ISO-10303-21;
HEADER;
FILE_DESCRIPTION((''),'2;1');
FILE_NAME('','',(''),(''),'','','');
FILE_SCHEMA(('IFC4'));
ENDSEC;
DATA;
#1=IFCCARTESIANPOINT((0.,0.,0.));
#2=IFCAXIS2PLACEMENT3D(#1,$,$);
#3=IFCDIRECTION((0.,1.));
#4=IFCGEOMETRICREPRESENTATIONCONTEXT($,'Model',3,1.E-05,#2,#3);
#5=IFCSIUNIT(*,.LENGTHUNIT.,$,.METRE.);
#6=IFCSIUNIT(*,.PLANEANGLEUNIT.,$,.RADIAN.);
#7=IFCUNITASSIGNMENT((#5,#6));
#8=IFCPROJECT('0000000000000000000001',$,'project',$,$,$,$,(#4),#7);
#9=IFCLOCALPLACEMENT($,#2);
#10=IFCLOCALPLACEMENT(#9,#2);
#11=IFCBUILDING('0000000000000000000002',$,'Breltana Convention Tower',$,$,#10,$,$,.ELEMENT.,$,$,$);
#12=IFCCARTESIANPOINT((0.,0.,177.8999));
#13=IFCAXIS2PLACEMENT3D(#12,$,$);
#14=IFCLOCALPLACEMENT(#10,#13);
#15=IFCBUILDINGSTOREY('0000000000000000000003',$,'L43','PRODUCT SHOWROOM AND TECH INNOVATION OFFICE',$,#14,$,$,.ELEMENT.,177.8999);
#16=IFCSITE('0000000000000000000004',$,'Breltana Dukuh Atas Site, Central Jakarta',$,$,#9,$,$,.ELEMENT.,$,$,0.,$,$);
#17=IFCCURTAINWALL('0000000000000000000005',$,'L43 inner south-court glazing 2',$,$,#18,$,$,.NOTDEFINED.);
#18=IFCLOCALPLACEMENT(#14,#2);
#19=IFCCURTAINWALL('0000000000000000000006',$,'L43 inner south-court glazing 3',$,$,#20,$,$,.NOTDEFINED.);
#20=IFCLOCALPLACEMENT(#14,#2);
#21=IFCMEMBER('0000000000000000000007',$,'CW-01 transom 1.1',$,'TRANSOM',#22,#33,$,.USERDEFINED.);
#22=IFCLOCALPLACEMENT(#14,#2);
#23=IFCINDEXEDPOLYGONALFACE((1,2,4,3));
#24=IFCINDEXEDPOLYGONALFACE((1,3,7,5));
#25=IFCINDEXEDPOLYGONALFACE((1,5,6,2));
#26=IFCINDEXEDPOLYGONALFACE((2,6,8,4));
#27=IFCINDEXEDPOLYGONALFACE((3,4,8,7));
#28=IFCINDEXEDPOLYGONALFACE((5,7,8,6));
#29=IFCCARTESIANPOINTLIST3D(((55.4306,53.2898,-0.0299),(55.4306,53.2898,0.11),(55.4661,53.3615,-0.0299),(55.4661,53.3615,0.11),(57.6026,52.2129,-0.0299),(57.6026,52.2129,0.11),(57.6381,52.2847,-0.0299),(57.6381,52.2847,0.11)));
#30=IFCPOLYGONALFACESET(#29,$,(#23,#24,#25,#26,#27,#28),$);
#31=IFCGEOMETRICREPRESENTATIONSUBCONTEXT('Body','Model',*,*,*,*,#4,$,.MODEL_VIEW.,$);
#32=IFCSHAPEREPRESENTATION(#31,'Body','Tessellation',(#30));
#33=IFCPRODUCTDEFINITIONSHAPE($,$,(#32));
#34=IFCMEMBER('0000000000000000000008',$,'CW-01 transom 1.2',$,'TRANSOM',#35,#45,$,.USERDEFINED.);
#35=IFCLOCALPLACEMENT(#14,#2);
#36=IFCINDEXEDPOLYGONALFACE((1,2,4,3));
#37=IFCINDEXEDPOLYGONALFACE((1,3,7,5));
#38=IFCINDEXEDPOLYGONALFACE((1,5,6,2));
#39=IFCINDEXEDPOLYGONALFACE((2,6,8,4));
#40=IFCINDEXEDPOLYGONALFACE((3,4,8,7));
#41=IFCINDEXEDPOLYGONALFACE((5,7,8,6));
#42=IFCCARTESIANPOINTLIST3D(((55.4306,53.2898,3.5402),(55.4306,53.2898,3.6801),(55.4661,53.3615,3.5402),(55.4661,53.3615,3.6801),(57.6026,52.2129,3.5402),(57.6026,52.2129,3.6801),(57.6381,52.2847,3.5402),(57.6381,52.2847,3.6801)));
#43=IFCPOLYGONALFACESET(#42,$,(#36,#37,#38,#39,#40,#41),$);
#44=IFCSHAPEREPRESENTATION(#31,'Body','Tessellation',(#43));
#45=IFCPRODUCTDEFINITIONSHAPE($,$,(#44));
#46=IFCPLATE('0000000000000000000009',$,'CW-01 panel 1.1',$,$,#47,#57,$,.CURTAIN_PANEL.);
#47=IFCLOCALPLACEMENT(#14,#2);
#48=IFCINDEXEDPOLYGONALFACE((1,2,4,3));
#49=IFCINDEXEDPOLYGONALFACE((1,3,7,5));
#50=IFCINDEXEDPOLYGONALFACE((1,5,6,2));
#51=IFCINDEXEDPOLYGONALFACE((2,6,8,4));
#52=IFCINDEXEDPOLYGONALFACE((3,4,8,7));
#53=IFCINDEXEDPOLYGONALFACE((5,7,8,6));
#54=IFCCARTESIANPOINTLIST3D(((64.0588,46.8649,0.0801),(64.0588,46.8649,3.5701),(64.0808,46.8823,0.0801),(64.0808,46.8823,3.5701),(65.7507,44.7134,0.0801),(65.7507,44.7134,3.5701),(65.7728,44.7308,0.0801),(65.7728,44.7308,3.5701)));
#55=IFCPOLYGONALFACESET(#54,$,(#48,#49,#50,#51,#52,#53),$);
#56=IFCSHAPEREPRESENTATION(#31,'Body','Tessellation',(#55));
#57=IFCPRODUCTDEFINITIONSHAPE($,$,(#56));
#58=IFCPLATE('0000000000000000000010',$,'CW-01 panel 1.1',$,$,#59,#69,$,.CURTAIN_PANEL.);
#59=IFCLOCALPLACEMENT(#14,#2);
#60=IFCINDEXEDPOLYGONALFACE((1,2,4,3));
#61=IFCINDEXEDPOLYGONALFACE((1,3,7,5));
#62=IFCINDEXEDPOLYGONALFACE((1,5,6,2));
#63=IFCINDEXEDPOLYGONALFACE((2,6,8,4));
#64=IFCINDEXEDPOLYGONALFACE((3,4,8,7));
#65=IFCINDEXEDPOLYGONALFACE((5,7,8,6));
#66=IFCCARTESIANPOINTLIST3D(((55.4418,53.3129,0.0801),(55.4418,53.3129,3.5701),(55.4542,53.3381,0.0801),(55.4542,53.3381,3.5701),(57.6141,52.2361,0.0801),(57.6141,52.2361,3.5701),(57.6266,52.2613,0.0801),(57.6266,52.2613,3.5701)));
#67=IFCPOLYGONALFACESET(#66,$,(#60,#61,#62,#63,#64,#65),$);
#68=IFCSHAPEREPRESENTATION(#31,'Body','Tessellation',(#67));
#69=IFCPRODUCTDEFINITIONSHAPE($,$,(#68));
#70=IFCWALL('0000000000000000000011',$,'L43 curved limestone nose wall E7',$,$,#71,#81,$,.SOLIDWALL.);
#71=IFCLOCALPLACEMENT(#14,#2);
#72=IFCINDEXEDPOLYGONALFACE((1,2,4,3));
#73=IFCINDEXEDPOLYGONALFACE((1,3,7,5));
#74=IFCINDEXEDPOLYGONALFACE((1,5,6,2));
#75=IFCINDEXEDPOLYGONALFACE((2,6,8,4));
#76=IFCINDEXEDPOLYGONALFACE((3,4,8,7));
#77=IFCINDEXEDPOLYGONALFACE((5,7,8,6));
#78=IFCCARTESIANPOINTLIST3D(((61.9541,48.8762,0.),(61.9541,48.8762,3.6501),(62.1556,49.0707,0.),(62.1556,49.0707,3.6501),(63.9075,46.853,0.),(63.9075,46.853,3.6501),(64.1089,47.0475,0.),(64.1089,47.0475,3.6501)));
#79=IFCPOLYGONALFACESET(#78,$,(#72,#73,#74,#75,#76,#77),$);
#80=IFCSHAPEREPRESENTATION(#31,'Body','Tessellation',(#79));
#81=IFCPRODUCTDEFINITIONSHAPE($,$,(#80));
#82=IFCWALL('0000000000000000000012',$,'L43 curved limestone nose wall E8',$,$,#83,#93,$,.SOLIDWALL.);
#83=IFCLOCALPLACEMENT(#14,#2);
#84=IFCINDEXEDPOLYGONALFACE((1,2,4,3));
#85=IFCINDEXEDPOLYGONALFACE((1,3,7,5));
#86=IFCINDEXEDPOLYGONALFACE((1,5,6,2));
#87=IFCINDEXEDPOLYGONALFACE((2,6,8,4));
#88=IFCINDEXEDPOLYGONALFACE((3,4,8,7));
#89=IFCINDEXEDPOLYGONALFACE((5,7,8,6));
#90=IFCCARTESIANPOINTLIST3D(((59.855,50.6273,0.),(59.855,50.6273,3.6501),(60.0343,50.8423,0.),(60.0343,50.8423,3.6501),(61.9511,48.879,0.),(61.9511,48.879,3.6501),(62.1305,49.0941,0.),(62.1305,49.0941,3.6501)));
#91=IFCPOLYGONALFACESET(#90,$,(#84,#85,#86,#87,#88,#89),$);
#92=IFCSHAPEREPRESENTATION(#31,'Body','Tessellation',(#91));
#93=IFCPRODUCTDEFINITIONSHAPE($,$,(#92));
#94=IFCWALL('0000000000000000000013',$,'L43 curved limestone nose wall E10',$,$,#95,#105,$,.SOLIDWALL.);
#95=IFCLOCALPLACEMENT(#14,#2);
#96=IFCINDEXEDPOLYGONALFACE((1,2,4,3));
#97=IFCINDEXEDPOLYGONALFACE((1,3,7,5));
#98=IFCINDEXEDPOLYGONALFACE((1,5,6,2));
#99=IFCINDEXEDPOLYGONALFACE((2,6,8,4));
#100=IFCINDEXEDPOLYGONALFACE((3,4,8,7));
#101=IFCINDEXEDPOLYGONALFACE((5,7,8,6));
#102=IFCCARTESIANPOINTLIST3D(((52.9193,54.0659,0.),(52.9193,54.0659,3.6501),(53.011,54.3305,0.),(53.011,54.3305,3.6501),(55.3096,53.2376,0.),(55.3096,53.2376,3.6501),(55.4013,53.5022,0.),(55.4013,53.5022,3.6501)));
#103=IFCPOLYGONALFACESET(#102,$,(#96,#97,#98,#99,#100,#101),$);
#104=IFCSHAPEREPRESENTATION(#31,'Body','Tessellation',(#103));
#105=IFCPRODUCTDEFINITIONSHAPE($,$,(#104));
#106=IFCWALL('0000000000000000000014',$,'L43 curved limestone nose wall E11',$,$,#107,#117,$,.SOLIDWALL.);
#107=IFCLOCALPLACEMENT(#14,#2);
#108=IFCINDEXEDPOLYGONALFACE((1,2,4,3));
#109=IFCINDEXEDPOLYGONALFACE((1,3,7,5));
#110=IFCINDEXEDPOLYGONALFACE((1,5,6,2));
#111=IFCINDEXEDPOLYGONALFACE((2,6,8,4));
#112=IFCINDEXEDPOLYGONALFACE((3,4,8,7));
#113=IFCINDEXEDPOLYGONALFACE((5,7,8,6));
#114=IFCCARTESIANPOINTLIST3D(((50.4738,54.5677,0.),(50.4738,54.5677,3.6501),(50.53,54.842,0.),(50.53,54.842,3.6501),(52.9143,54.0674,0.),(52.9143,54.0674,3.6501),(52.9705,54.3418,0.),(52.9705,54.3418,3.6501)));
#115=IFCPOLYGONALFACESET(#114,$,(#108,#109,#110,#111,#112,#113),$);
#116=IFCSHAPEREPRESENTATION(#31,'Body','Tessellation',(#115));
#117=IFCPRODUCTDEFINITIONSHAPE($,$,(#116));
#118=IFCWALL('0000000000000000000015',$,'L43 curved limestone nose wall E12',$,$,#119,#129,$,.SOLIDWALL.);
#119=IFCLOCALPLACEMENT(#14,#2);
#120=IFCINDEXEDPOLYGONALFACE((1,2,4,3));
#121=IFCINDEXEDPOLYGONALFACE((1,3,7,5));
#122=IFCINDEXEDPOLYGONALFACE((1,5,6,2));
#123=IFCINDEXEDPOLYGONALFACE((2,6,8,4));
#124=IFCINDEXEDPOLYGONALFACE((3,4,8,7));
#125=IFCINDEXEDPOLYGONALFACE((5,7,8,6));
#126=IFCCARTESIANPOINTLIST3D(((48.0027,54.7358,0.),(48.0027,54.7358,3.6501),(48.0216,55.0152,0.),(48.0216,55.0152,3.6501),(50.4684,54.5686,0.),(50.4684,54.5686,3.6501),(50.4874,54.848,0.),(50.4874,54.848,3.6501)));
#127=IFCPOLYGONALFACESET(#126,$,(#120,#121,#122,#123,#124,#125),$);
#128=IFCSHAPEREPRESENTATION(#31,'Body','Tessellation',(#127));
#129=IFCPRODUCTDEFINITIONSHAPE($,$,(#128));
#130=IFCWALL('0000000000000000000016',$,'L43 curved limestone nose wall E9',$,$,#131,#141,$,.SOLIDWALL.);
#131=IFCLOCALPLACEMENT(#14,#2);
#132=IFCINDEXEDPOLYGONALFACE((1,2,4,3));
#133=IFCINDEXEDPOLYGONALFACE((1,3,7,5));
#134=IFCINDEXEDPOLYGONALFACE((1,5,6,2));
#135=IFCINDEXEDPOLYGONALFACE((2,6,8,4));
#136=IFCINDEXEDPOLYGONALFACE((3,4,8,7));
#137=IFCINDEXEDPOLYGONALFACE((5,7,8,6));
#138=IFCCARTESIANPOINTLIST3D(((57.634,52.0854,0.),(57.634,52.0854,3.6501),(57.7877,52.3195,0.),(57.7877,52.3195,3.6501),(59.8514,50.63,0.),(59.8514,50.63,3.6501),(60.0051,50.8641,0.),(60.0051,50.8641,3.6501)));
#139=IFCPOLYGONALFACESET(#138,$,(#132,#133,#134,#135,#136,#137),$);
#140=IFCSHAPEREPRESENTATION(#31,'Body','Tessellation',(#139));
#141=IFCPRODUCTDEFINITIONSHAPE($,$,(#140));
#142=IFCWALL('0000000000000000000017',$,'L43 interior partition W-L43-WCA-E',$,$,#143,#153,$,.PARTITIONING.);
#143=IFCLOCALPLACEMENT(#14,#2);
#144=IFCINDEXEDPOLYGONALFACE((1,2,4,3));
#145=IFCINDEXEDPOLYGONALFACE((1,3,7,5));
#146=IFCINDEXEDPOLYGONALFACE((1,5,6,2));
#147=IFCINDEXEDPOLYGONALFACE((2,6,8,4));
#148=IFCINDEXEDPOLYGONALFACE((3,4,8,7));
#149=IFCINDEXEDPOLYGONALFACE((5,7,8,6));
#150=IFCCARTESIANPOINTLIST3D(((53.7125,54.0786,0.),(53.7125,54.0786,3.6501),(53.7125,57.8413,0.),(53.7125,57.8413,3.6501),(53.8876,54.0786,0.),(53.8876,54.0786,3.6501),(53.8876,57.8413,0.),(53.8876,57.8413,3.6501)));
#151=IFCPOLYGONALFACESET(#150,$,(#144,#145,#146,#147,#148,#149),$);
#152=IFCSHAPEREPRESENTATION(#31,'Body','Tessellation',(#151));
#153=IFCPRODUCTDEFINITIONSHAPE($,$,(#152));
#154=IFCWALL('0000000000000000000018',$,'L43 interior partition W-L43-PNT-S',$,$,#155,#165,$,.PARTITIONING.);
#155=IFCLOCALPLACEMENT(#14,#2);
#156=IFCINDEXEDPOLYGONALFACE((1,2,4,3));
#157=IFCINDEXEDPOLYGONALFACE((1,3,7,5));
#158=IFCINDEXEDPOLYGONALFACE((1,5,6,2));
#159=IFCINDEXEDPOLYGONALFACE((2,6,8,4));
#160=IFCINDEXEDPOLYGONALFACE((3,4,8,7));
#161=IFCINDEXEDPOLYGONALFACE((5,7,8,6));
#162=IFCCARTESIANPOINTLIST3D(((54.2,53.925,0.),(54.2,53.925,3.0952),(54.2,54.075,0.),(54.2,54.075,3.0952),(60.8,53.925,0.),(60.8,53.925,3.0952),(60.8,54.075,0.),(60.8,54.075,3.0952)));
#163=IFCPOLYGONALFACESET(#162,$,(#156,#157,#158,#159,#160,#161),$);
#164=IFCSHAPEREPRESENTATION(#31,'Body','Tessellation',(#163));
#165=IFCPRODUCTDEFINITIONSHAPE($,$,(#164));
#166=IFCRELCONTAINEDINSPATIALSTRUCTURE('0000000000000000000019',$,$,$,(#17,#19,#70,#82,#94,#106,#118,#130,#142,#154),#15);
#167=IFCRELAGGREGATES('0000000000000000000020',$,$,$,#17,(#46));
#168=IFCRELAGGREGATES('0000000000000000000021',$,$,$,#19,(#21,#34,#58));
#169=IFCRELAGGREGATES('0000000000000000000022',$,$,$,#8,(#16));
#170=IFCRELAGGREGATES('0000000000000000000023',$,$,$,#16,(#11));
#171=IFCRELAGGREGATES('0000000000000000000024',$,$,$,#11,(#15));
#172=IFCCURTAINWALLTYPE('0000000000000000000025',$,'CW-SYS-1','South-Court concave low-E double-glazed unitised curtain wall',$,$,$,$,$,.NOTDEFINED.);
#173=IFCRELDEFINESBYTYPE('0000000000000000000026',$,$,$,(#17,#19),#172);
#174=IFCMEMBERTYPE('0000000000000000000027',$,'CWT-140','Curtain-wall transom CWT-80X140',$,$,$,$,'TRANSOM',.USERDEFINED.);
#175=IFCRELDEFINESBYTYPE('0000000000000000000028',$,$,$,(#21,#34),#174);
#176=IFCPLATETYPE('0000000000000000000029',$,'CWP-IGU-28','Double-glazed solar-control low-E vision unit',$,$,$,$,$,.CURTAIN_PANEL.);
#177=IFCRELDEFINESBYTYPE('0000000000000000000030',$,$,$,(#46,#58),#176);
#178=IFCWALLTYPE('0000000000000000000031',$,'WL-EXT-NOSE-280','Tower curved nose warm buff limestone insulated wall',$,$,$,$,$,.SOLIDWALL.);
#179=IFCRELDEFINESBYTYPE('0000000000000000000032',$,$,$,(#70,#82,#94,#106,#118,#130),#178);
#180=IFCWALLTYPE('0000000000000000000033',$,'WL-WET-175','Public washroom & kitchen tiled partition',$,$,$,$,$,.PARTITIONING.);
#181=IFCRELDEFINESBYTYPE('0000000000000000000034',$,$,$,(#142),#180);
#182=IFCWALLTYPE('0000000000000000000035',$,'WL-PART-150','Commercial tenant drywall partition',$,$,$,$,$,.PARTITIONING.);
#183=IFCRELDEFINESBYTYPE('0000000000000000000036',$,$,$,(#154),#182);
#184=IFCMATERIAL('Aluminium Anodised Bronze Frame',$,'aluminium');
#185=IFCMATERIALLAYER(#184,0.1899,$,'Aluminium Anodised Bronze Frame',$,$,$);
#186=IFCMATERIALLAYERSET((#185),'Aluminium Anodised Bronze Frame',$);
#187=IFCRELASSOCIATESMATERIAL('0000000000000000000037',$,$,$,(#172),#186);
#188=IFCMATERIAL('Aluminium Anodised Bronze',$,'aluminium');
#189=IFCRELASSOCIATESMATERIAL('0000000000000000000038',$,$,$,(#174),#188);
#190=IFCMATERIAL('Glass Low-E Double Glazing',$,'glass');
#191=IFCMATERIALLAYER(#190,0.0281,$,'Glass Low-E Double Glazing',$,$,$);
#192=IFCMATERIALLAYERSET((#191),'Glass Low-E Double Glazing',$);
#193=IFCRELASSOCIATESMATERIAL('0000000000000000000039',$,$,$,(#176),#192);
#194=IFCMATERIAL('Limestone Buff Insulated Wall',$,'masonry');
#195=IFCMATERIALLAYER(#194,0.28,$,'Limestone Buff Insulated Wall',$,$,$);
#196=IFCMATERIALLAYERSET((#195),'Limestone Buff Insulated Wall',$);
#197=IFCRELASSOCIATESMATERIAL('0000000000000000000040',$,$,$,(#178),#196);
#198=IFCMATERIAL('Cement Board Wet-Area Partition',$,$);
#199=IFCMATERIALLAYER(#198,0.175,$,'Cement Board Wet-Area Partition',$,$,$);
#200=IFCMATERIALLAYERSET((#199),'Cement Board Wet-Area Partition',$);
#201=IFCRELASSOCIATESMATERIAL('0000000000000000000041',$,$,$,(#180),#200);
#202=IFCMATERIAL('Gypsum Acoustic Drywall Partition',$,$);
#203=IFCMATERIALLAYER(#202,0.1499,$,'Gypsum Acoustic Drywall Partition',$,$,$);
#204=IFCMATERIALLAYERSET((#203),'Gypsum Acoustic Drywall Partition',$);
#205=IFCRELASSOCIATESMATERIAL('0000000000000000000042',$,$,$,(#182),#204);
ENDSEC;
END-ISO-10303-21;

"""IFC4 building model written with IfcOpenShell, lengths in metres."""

from ifc_helpers import new_model, si_unit, direction, frame, frame_2d, origin, origin_2d, place, context, subcontext, project, spatial, rectangle, extrude, source, transform, mapped, material, layer, layer_set, material_profile, profile_set, type_object, element, aggregate, save


model = new_model("IFC4")

# Units and contexts
model_context = context("Model", 3, precision=1e-05, world=origin(), true_north=direction((0.0, 1.0)))
body_context = subcontext(model_context, "Body", "Model", "MODEL_VIEW")
ifc_project = project(units=[si_unit("LENGTHUNIT", "METRE"), si_unit("PLANEANGLEUNIT", "RADIAN")], contexts=[model_context])

# Site, building, storey
site_placement = place(None, origin())
site = spatial("IfcSite", under=ifc_project, at=site_placement, Name="Breltana Dukuh Atas Site, Central Jakarta", CompositionType="ELEMENT", RefElevation=0.0)
building_placement = place(site_placement, origin())
building = spatial("IfcBuilding", under=site, at=building_placement, Name="Breltana Convention Tower", CompositionType="ELEMENT")
storey_placement = place(building_placement, frame((0.0, 0.0, 177.8999)))
storey = spatial("IfcBuildingStorey", under=building, at=storey_placement, Name="L43", Description="PRODUCT SHOWROOM AND TECH INNOVATION OFFICE", CompositionType="ELEMENT", Elevation=177.8999)

# Curtain wall
ifc_material_1 = material(Name="Aluminium Anodised Bronze Frame", Category="aluminium")
ifc_layer_1 = layer(ifc_material_1, 0.1899, Name="Aluminium Anodised Bronze Frame")
ifc_layer_set_1 = layer_set([ifc_layer_1], Name="Aluminium Anodised Bronze Frame")
curtain_wall_type = type_object("IfcCurtainWallType", Name="CW-SYS-1", Description="South-Court concave low-E double-glazed unitised curtain wall", PredefinedType="NOTDEFINED", material=ifc_layer_set_1)
curtain_wall_1_placement = place(storey_placement, origin())
curtain_wall_1 = element("IfcCurtainWall", 1, at=curtain_wall_1_placement, inside=storey, type_object=curtain_wall_type, Name="L43 inner south-court glazing 2", PredefinedType="NOTDEFINED")
ifc_material_2 = material(Name="Aluminium Anodised Bronze", Category="aluminium")

# Curtain wall, members
curtain_wall_2_placement = place(storey_placement, origin())
curtain_wall_2 = element("IfcCurtainWall", 2, at=curtain_wall_2_placement, inside=storey, type_object=curtain_wall_type, Name="L43 inner south-court glazing 3", PredefinedType="NOTDEFINED")
ifc_material_profile_1 = material_profile(ifc_material_2, rectangle(XDim=0.0801, YDim=0.1399, at=origin_2d()), Name="CWT-80X140")
ifc_profile_set_1 = profile_set([ifc_material_profile_1], Name="Aluminium Anodised Bronze")
member_type_1 = type_object("IfcMemberType", Name="CWT-140", Description="Curtain-wall transom CWT-80X140", ElementType="TRANSOM", PredefinedType="USERDEFINED", material=ifc_profile_set_1)
shared_shape_1 = source(origin(), body_context, "Body", "SweptSolid", [
    extrude(rectangle(XDim=0.0801, YDim=0.1399, at=origin_2d()), origin(), (0.0, 0.0, 1.0), 2.4243),
])
member_1_placement = place(storey_placement, frame((57.6204, 52.2488, 0.04), z_axis=(-0.895933, 0.44419, 0.0), x_axis=(-0.44419, -0.895933, 0.0)))
member_1 = element("IfcMember", 3, at=member_1_placement, type_object=member_type_1, Name="CW-01 transom 1.1", ObjectType="TRANSOM", PredefinedType="USERDEFINED", context=body_context, shape_type="MappedRepresentation", body=[
    mapped(shared_shape_1, transform((0.0, 0.0, 0.0), scale=1.0)),
])
member_2_placement = place(storey_placement, frame((57.6204, 52.2488, 3.6101), z_axis=(-0.895933, 0.44419, 0.0), x_axis=(-0.44419, -0.895933, 0.0)))
member_2 = element("IfcMember", 4, at=member_2_placement, type_object=member_type_1, Name="CW-01 transom 1.2", ObjectType="TRANSOM", PredefinedType="USERDEFINED", context=body_context, shape_type="MappedRepresentation", body=[
    mapped(shared_shape_1, transform((0.0, 0.0, 0.0), scale=1.0)),
])

# Plates
ifc_material_3 = material(Name="Glass Low-E Double Glazing", Category="glass")
ifc_layer_2 = layer(ifc_material_3, 0.0281, Name="Glass Low-E Double Glazing")
ifc_layer_set_2 = layer_set([ifc_layer_2], Name="Glass Low-E Double Glazing")
plate_type = type_object("IfcPlateType", Name="CWP-IGU-28", Description="Double-glazed solar-control low-E vision unit", PredefinedType="CURTAIN_PANEL", material=ifc_layer_set_2)
shared_shape_2 = source(origin(), body_context, "Body", "SweptSolid", [
    extrude(rectangle(XDim=2.7371, YDim=0.0281, at=origin_2d()), origin(), (0.0, 0.0, 1.0), 3.49),
])
plate_1_placement = place(storey_placement, frame((64.9158, 45.7979, 0.0801), z_axis=(0.0, 0.0, 1.0), x_axis=(-0.618161, 0.786051, 0.0)))
plate_1 = element("IfcPlate", 5, at=plate_1_placement, type_object=plate_type, Name="CW-01 panel 1.1", PredefinedType="CURTAIN_PANEL", context=body_context, shape_type="MappedRepresentation", body=[
    mapped(shared_shape_2, transform((0.0, 0.0, 0.0), scale=1.0)),
])
aggregate(curtain_wall_1, [plate_1])
shared_shape_3 = source(origin(), body_context, "Body", "SweptSolid", [
    extrude(rectangle(XDim=2.4246, YDim=0.0281, at=origin_2d()), origin(), (0.0, 0.0, 1.0), 3.49),
])
plate_2_placement = place(storey_placement, frame((56.5342, 52.7871, 0.0801), z_axis=(0.0, 0.0, 1.0), x_axis=(-0.89597, 0.444115, 0.0)))
plate_2 = element("IfcPlate", 6, at=plate_2_placement, type_object=plate_type, Name="CW-01 panel 1.1", PredefinedType="CURTAIN_PANEL", context=body_context, shape_type="MappedRepresentation", body=[
    mapped(shared_shape_3, transform((0.0, 0.0, 0.0), scale=1.0)),
])
aggregate(curtain_wall_2, [member_1, member_2, plate_2])

# Walls
ifc_material_4 = material(Name="Limestone Buff Insulated Wall", Category="masonry")
ifc_layer_3 = layer(ifc_material_4, 0.28, Name="Limestone Buff Insulated Wall")
ifc_layer_set_3 = layer_set([ifc_layer_3], Name="Limestone Buff Insulated Wall")
wall_type_1 = type_object("IfcWallType", Name="WL-EXT-NOSE-280", Description="Tower curved nose warm buff limestone insulated wall", PredefinedType="SOLIDWALL", material=ifc_layer_set_3)
shared_shape_4 = source(origin(), body_context, "Body", "SweptSolid", [
    extrude(rectangle(XDim=2.8123, YDim=0.28, at=frame_2d((1.4062, 0.0))), origin(), (0.0, 0.0, 1.0), 3.6501),
])
wall_1_placement = place(storey_placement, frame((64.0083, 46.9502, 0.0), z_axis=(0.0, 0.0, 1.0), x_axis=(-0.694584, 0.719412, 0.0)))
element("IfcWall", 7, at=wall_1_placement, inside=storey, type_object=wall_type_1, Name="L43 curved limestone nose wall E7", PredefinedType="SOLIDWALL", context=body_context, shape_type="MappedRepresentation", body=[
    mapped(shared_shape_4, transform((0.0, 0.0, 0.0), scale=1.0)),
])
shared_shape_5 = source(origin(), body_context, "Body", "SweptSolid", [
    extrude(rectangle(XDim=2.7295, YDim=0.28, at=frame_2d((1.3647, 0.0))), origin(), (0.0, 0.0, 1.0), 3.6501),
])
wall_2_placement = place(storey_placement, frame((62.0408, 48.9866, 0.0), z_axis=(0.0, 0.0, 1.0), x_axis=(-0.767957, 0.640501, 0.0)))
element("IfcWall", 8, at=wall_2_placement, inside=storey, type_object=wall_type_1, Name="L43 curved limestone nose wall E8", PredefinedType="SOLIDWALL", context=body_context, shape_type="MappedRepresentation", body=[
    mapped(shared_shape_5, transform((0.0, 0.0, 0.0), scale=1.0)),
])
shared_shape_6 = source(origin(), body_context, "Body", "SweptSolid", [
    extrude(rectangle(XDim=2.5298, YDim=0.28, at=frame_2d((1.2649, 0.0))), origin(), (0.0, 0.0, 1.0), 3.6501),
])
wall_3_placement = place(storey_placement, frame((55.3555, 53.3699, 0.0), z_axis=(0.0, 0.0, 1.0), x_axis=(-0.944872, 0.327439, 0.0)))
element("IfcWall", 9, at=wall_3_placement, inside=storey, type_object=wall_type_1, Name="L43 curved limestone nose wall E10", PredefinedType="SOLIDWALL", context=body_context, shape_type="MappedRepresentation", body=[
    mapped(shared_shape_6, transform((0.0, 0.0, 0.0), scale=1.0)),
])
shared_shape_7 = source(origin(), body_context, "Body", "SweptSolid", [
    extrude(rectangle(XDim=2.4912, YDim=0.28, at=frame_2d((1.2456, 0.0))), origin(), (0.0, 0.0, 1.0), 3.6501),
])
wall_4_placement = place(storey_placement, frame((52.9424, 54.2046, 0.0), z_axis=(0.0, 0.0, 1.0), x_axis=(-0.979631, 0.200807, 0.0)))
element("IfcWall", 10, at=wall_4_placement, inside=storey, type_object=wall_type_1, Name="L43 curved limestone nose wall E11", PredefinedType="SOLIDWALL", context=body_context, shape_type="MappedRepresentation", body=[
    mapped(shared_shape_7, transform((0.0, 0.0, 0.0), scale=1.0)),
])
shared_shape_8 = source(origin(), body_context, "Body", "SweptSolid", [
    extrude(rectangle(XDim=2.4714, YDim=0.28, at=frame_2d((1.2358, 0.0))), origin(), (0.0, 0.0, 1.0), 3.6501),
])
wall_5_placement = place(storey_placement, frame((50.478, 54.7083, 0.0), z_axis=(0.0, 0.0, 1.0), x_axis=(-0.997708, 0.067666, 0.0)))
element("IfcWall", 11, at=wall_5_placement, inside=storey, type_object=wall_type_1, Name="L43 curved limestone nose wall E12", PredefinedType="SOLIDWALL", context=body_context, shape_type="MappedRepresentation", body=[
    mapped(shared_shape_8, transform((0.0, 0.0, 0.0), scale=1.0)),
])
shared_shape_9 = source(origin(), body_context, "Body", "SweptSolid", [
    extrude(rectangle(XDim=2.6523, YDim=0.28, at=frame_2d((1.3262, 0.0))), origin(), (0.0, 0.0, 1.0), 3.6501),
])
wall_6_placement = place(storey_placement, frame((59.9282, 50.7471, 0.0), z_axis=(0.0, 0.0, 1.0), x_axis=(-0.836008, 0.548717, 0.0)))
element("IfcWall", 12, at=wall_6_placement, inside=storey, type_object=wall_type_1, Name="L43 curved limestone nose wall E9", PredefinedType="SOLIDWALL", context=body_context, shape_type="MappedRepresentation", body=[
    mapped(shared_shape_9, transform((0.0, 0.0, 0.0), scale=1.0)),
])
ifc_material_5 = material(Name="Cement Board Wet-Area Partition")
ifc_layer_4 = layer(ifc_material_5, 0.175, Name="Cement Board Wet-Area Partition")
ifc_layer_set_4 = layer_set([ifc_layer_4], Name="Cement Board Wet-Area Partition")
wall_type_2 = type_object("IfcWallType", Name="WL-WET-175", Description="Public washroom & kitchen tiled partition", PredefinedType="PARTITIONING", material=ifc_layer_set_4)
shared_shape_10 = source(origin(), body_context, "Body", "SweptSolid", [
    extrude(rectangle(XDim=3.7627, YDim=0.175, at=frame_2d((1.8813, 0.0))), origin(), (0.0, 0.0, 1.0), 3.6501),
])
wall_7_placement = place(storey_placement, frame((53.8, 54.0786, 0.0), z_axis=(0.0, 0.0, 1.0), x_axis=(0.0, 1.0, 0.0)))
element("IfcWall", 13, at=wall_7_placement, inside=storey, type_object=wall_type_2, Name="L43 interior partition W-L43-WCA-E", PredefinedType="PARTITIONING", context=body_context, shape_type="MappedRepresentation", body=[
    mapped(shared_shape_10, transform((0.0, 0.0, 0.0), scale=1.0)),
])

# Wall
ifc_material_6 = material(Name="Gypsum Acoustic Drywall Partition")
ifc_layer_5 = layer(ifc_material_6, 0.1499, Name="Gypsum Acoustic Drywall Partition")
ifc_layer_set_5 = layer_set([ifc_layer_5], Name="Gypsum Acoustic Drywall Partition")
wall_type_3 = type_object("IfcWallType", Name="WL-PART-150", Description="Commercial tenant drywall partition", PredefinedType="PARTITIONING", material=ifc_layer_set_5)
shared_shape_11 = source(origin(), body_context, "Body", "SweptSolid", [
    extrude(rectangle(XDim=6.6001, YDim=0.1499, at=frame_2d((3.3, 0.0))), origin(), (0.0, 0.0, 1.0), 3.0952),
])
wall_8_placement = place(storey_placement, frame((54.2, 54.0, 0.0), z_axis=(0.0, 0.0, 1.0), x_axis=(1.0, 0.0, 0.0)))
element("IfcWall", 14, at=wall_8_placement, inside=storey, type_object=wall_type_3, Name="L43 interior partition W-L43-PNT-S", PredefinedType="PARTITIONING", context=body_context, shape_type="MappedRepresentation", body=[
    mapped(shared_shape_11, transform((0.0, 0.0, 0.0), scale=1.0)),
])

save(model, "model.ifc")
